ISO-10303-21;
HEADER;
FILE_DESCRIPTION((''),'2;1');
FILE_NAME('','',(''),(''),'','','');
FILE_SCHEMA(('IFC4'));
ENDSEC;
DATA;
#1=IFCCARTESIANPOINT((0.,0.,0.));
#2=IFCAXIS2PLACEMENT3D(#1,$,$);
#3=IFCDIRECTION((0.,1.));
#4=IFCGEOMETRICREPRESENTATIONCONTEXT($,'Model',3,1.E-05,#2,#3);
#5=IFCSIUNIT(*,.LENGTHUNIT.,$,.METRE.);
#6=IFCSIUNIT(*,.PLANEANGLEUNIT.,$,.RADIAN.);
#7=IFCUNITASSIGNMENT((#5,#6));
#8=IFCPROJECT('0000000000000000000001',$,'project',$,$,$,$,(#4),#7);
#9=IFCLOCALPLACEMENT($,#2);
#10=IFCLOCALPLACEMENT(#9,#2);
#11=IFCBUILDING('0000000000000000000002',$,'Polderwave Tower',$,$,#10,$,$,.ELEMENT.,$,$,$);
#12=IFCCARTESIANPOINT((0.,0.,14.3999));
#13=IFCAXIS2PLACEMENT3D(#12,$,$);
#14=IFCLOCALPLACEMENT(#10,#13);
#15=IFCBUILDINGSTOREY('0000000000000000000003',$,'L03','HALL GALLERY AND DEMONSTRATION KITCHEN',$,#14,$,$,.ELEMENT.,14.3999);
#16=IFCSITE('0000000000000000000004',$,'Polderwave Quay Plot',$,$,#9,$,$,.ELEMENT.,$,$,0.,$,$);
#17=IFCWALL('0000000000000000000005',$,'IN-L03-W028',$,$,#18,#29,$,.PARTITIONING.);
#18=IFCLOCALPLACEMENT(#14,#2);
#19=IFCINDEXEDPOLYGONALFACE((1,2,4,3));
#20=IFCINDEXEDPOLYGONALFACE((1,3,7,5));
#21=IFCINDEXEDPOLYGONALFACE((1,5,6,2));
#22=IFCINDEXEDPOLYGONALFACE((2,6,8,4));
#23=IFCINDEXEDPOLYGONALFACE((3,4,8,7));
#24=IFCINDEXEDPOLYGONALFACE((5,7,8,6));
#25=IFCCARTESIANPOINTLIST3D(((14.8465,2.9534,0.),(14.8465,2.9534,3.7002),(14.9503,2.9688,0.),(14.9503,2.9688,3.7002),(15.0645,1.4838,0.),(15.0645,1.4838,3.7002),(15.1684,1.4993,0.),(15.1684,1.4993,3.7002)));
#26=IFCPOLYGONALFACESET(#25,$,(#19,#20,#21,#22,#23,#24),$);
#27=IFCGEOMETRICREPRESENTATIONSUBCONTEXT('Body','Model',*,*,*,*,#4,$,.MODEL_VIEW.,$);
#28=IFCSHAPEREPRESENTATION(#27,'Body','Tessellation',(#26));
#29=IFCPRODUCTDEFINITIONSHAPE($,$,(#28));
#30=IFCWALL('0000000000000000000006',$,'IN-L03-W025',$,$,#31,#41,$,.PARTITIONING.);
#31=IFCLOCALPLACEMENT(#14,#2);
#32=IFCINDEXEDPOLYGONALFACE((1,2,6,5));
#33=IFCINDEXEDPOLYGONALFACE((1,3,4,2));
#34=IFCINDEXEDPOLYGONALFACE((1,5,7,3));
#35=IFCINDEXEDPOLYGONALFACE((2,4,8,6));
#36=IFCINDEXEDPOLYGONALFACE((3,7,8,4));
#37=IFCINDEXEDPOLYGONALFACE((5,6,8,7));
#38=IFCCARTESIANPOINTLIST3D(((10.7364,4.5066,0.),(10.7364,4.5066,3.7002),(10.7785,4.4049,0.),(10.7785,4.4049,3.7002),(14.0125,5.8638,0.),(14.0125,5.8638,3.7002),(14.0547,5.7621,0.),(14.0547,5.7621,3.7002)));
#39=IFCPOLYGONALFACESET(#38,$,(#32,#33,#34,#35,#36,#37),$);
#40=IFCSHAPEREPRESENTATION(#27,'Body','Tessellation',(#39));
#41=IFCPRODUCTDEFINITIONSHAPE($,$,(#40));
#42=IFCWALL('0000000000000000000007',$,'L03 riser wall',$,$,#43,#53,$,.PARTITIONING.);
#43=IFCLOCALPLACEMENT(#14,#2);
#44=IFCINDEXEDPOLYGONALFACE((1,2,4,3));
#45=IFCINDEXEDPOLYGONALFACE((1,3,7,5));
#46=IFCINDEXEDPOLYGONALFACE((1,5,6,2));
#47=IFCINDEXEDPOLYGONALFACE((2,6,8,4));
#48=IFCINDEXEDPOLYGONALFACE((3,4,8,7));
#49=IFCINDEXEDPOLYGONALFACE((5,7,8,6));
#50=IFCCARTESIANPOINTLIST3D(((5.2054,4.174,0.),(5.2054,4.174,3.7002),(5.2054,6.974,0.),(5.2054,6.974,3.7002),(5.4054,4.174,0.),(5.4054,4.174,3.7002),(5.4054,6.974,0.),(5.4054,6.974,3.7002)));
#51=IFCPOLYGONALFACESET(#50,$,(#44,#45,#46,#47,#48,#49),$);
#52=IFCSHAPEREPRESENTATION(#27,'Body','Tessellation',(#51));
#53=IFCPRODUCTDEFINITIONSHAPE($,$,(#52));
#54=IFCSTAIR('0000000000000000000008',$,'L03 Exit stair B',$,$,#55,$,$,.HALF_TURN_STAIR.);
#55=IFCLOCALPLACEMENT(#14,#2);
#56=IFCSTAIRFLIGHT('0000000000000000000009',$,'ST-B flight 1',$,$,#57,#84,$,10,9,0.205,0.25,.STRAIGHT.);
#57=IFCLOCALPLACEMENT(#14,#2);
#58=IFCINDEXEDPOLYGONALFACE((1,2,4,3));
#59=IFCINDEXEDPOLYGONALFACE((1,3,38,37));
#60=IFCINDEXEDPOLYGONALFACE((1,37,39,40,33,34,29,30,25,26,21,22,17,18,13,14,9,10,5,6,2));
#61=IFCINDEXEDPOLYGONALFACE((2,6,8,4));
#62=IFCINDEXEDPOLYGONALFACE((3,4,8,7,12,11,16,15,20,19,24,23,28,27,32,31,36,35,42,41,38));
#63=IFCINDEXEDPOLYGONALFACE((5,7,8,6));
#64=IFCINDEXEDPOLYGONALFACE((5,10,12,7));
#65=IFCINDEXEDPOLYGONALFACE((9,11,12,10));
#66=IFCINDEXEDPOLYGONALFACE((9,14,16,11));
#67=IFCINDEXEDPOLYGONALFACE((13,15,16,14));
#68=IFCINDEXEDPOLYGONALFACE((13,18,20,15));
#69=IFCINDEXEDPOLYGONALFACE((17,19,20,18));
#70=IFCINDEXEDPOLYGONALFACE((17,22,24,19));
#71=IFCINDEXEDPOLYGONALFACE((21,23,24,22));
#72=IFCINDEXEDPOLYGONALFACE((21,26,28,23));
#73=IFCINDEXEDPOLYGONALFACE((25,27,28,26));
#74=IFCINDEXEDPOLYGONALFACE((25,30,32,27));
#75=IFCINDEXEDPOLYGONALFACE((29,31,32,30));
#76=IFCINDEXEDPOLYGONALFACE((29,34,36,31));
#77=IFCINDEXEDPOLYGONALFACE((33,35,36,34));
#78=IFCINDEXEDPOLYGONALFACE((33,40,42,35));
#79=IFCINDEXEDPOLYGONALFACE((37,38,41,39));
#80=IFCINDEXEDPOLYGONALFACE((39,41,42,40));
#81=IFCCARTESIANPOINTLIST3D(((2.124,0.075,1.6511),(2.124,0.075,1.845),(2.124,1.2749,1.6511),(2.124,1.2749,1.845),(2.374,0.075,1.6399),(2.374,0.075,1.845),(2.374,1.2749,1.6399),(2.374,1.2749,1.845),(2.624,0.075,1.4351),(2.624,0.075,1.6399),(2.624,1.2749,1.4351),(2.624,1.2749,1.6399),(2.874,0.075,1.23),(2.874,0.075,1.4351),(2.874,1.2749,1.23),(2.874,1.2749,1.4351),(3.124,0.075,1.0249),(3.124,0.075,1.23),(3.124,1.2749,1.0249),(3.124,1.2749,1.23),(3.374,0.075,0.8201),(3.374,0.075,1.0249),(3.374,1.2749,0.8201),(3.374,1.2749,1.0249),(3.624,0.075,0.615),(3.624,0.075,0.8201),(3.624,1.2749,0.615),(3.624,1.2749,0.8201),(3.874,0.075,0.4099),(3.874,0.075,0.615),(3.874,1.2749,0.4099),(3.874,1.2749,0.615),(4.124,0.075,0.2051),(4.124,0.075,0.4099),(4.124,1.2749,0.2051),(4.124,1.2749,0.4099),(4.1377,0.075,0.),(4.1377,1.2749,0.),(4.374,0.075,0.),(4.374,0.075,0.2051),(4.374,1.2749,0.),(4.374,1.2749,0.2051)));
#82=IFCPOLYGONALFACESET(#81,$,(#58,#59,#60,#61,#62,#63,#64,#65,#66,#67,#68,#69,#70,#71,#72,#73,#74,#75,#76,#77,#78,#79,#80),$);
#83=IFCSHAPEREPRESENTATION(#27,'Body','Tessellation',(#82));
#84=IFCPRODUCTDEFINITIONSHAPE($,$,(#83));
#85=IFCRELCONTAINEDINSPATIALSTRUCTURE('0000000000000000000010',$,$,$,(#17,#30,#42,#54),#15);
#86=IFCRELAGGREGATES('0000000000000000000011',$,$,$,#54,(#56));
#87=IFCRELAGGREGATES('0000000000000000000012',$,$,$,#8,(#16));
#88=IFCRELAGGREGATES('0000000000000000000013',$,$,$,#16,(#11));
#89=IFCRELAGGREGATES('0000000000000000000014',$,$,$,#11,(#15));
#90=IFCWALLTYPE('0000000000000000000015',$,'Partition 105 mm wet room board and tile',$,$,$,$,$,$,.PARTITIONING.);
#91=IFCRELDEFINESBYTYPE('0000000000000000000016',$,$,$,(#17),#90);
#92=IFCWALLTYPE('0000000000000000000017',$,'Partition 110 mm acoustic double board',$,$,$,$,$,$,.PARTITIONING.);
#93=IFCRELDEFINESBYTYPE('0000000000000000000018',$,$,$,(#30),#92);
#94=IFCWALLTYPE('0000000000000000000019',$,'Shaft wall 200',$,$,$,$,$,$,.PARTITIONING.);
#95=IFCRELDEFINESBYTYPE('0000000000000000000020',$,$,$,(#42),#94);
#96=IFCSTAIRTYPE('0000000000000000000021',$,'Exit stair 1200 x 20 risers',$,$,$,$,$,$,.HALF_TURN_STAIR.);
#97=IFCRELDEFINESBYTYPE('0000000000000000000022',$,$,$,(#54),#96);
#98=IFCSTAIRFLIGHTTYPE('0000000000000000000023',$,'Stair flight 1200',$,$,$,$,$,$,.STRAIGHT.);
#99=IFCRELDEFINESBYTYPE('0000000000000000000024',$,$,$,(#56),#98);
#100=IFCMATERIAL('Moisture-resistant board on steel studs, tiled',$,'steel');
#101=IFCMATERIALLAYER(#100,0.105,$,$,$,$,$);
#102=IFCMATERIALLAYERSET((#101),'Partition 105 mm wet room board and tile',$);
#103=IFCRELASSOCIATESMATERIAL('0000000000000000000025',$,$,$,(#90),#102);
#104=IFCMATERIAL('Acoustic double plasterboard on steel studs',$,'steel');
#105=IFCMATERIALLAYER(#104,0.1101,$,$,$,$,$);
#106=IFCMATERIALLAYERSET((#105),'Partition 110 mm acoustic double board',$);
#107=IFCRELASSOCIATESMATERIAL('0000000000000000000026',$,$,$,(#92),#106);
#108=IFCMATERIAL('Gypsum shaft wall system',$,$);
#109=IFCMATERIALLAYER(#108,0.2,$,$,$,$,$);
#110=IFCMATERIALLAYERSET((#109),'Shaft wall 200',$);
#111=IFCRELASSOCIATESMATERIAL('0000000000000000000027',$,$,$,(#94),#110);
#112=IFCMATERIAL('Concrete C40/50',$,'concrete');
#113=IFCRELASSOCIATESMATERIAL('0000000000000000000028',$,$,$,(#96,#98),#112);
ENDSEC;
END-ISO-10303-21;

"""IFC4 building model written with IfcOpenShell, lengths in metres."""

from ifc_helpers import new_model, si_unit, direction, frame, frame_2d, origin, place, context, subcontext, project, spatial, polyline, rectangle, outline, extrude, material, layer, layer_set, type_object, element, aggregate, save


model = new_model("IFC4")

# Units and contexts
model_context = context("Model", 3, precision=1e-05, world=origin(), true_north=direction((0.0, 1.0)))
body_context = subcontext(model_context, "Body", "Model", "MODEL_VIEW")
ifc_project = project(units=[si_unit("LENGTHUNIT", "METRE"), si_unit("PLANEANGLEUNIT", "RADIAN")], contexts=[model_context])

# Site, building, storey
site_placement = place(None, origin())
site = spatial("IfcSite", under=ifc_project, at=site_placement, Name="Polderwave Quay Plot", CompositionType="ELEMENT", RefElevation=0.0)
building_placement = place(site_placement, origin())
building = spatial("IfcBuilding", under=site, at=building_placement, Name="Polderwave Tower", CompositionType="ELEMENT")
storey_placement = place(building_placement, frame((0.0, 0.0, 14.3999)))
storey = spatial("IfcBuildingStorey", under=building, at=storey_placement, Name="L03", Description="HALL GALLERY AND DEMONSTRATION KITCHEN", CompositionType="ELEMENT", Elevation=14.3999)

# Walls
ifc_material_1 = material(Name="Moisture-resistant board on steel studs, tiled", Category="steel")
ifc_layer_1 = layer(ifc_material_1, 0.105)
ifc_layer_set_1 = layer_set([ifc_layer_1], Name="Partition 105 mm wet room board and tile")
wall_type_1 = type_object("IfcWallType", Name="Partition 105 mm wet room board and tile", PredefinedType="PARTITIONING", material=ifc_layer_set_1)
for number, where, z_axis, x_axis, name in (
    (1, (14.8984, 2.9609, 0.0), (0.0, 0.0, 1.0), (0.146757, -0.989173, 0.0), "IN-L03-W028"),
):
    element("IfcWall", number, at=place(storey_placement, frame(where, z_axis=z_axis, x_axis=x_axis)), inside=storey, type_object=wall_type_1, Name=name, PredefinedType="PARTITIONING", context=body_context, shape_type="SweptSolid", body=[
        extrude(rectangle(XDim=1.4856, YDim=0.105, at=frame_2d((0.7427, 0.0))), origin(), (0.0, 0.0, 1.0), 3.7002),
    ])
ifc_material_2 = material(Name="Acoustic double plasterboard on steel studs", Category="steel")
ifc_layer_2 = layer(ifc_material_2, 0.1101)
ifc_layer_set_2 = layer_set([ifc_layer_2], Name="Partition 110 mm acoustic double board")
wall_type_2 = type_object("IfcWallType", Name="Partition 110 mm acoustic double board", PredefinedType="PARTITIONING", material=ifc_layer_set_2)
wall_1_placement = place(storey_placement, frame((10.7576, 4.4558, 0.0), z_axis=(0.0, 0.0, 1.0), x_axis=(0.923863, 0.382723, 0.0)))
element("IfcWall", 2, at=wall_1_placement, inside=storey, type_object=wall_type_2, Name="IN-L03-W025", PredefinedType="PARTITIONING", context=body_context, shape_type="SweptSolid", body=[
    extrude(rectangle(XDim=3.5461, YDim=0.1101, at=frame_2d((1.7729, 0.0))), origin(), (0.0, 0.0, 1.0), 3.7002),
])
ifc_material_3 = material(Name="Gypsum shaft wall system")
ifc_layer_3 = layer(ifc_material_3, 0.2)
ifc_layer_set_3 = layer_set([ifc_layer_3], Name="Shaft wall 200")
wall_type_3 = type_object("IfcWallType", Name="Shaft wall 200", PredefinedType="PARTITIONING", material=ifc_layer_set_3)
wall_2_placement = place(storey_placement, frame((5.3054, 4.1741, 0.0), z_axis=(0.0, 0.0, 1.0), x_axis=(0.0, 1.0, 0.0)))
element("IfcWall", 3, at=wall_2_placement, inside=storey, type_object=wall_type_3, Name="L03 riser wall", PredefinedType="PARTITIONING", context=body_context, shape_type="SweptSolid", body=[
    extrude(rectangle(XDim=2.8, YDim=0.2, at=frame_2d((1.3999, 0.0))), origin(), (0.0, 0.0, 1.0), 3.7002),
])

# Stair, stair flight
ifc_material_4 = material(Name="Concrete C40/50", Category="concrete")
stair_type = type_object("IfcStairType", Name="Exit stair 1200 x 20 risers", PredefinedType="HALF_TURN_STAIR", material=ifc_material_4)
stair_placement = place(storey_placement, origin())
stair = element("IfcStair", 4, at=stair_placement, inside=storey, type_object=stair_type, Name="L03 Exit stair B", PredefinedType="HALF_TURN_STAIR")
stair_flight_type = type_object("IfcStairFlightType", Name="Stair flight 1200", PredefinedType="STRAIGHT", material=ifc_material_4)
stair_flight_placement = place(storey_placement, frame((4.374, 0.675, 0.0), z_axis=(0.0, 0.0, 1.0), x_axis=(-1.0, 0.0, 0.0)))
stair_flight = element("IfcStairFlight", 5, at=stair_flight_placement, type_object=stair_flight_type, Name="ST-B flight 1", NumberOfRisers=10, NumberOfTreads=9, PredefinedType="STRAIGHT", RiserHeight=0.205, TreadLength=0.25, context=body_context, shape_type="SweptSolid", body=[
    extrude(outline(polyline([(0.0, 0.0), (0.0, 0.2051), (0.25, 0.2051), (0.25, 0.4099), (0.5, 0.4099), (0.5, 0.615), (0.75, 0.615), (0.75, 0.8201), (1.0, 0.8201), (1.0, 1.0249), (1.25, 1.0249), (1.25, 1.23), (1.5, 1.23), (1.5, 1.4351), (1.75, 1.4351), (1.75, 1.6399), (2.0, 1.6399), (2.0, 1.845), (2.25, 1.845), (2.25, 2.05), (2.25, 1.6511), (0.2363, 0.0), (0.0, 0.0)])), frame((0.0, 0.6001, 0.0), z_axis=(0.0, -1.0, 0.0), x_axis=(1.0, 0.0, 0.0)), (0.0, 0.0, 1.0), 1.2),
])
aggregate(stair, [stair_flight])

save(model, "model.ifc")
